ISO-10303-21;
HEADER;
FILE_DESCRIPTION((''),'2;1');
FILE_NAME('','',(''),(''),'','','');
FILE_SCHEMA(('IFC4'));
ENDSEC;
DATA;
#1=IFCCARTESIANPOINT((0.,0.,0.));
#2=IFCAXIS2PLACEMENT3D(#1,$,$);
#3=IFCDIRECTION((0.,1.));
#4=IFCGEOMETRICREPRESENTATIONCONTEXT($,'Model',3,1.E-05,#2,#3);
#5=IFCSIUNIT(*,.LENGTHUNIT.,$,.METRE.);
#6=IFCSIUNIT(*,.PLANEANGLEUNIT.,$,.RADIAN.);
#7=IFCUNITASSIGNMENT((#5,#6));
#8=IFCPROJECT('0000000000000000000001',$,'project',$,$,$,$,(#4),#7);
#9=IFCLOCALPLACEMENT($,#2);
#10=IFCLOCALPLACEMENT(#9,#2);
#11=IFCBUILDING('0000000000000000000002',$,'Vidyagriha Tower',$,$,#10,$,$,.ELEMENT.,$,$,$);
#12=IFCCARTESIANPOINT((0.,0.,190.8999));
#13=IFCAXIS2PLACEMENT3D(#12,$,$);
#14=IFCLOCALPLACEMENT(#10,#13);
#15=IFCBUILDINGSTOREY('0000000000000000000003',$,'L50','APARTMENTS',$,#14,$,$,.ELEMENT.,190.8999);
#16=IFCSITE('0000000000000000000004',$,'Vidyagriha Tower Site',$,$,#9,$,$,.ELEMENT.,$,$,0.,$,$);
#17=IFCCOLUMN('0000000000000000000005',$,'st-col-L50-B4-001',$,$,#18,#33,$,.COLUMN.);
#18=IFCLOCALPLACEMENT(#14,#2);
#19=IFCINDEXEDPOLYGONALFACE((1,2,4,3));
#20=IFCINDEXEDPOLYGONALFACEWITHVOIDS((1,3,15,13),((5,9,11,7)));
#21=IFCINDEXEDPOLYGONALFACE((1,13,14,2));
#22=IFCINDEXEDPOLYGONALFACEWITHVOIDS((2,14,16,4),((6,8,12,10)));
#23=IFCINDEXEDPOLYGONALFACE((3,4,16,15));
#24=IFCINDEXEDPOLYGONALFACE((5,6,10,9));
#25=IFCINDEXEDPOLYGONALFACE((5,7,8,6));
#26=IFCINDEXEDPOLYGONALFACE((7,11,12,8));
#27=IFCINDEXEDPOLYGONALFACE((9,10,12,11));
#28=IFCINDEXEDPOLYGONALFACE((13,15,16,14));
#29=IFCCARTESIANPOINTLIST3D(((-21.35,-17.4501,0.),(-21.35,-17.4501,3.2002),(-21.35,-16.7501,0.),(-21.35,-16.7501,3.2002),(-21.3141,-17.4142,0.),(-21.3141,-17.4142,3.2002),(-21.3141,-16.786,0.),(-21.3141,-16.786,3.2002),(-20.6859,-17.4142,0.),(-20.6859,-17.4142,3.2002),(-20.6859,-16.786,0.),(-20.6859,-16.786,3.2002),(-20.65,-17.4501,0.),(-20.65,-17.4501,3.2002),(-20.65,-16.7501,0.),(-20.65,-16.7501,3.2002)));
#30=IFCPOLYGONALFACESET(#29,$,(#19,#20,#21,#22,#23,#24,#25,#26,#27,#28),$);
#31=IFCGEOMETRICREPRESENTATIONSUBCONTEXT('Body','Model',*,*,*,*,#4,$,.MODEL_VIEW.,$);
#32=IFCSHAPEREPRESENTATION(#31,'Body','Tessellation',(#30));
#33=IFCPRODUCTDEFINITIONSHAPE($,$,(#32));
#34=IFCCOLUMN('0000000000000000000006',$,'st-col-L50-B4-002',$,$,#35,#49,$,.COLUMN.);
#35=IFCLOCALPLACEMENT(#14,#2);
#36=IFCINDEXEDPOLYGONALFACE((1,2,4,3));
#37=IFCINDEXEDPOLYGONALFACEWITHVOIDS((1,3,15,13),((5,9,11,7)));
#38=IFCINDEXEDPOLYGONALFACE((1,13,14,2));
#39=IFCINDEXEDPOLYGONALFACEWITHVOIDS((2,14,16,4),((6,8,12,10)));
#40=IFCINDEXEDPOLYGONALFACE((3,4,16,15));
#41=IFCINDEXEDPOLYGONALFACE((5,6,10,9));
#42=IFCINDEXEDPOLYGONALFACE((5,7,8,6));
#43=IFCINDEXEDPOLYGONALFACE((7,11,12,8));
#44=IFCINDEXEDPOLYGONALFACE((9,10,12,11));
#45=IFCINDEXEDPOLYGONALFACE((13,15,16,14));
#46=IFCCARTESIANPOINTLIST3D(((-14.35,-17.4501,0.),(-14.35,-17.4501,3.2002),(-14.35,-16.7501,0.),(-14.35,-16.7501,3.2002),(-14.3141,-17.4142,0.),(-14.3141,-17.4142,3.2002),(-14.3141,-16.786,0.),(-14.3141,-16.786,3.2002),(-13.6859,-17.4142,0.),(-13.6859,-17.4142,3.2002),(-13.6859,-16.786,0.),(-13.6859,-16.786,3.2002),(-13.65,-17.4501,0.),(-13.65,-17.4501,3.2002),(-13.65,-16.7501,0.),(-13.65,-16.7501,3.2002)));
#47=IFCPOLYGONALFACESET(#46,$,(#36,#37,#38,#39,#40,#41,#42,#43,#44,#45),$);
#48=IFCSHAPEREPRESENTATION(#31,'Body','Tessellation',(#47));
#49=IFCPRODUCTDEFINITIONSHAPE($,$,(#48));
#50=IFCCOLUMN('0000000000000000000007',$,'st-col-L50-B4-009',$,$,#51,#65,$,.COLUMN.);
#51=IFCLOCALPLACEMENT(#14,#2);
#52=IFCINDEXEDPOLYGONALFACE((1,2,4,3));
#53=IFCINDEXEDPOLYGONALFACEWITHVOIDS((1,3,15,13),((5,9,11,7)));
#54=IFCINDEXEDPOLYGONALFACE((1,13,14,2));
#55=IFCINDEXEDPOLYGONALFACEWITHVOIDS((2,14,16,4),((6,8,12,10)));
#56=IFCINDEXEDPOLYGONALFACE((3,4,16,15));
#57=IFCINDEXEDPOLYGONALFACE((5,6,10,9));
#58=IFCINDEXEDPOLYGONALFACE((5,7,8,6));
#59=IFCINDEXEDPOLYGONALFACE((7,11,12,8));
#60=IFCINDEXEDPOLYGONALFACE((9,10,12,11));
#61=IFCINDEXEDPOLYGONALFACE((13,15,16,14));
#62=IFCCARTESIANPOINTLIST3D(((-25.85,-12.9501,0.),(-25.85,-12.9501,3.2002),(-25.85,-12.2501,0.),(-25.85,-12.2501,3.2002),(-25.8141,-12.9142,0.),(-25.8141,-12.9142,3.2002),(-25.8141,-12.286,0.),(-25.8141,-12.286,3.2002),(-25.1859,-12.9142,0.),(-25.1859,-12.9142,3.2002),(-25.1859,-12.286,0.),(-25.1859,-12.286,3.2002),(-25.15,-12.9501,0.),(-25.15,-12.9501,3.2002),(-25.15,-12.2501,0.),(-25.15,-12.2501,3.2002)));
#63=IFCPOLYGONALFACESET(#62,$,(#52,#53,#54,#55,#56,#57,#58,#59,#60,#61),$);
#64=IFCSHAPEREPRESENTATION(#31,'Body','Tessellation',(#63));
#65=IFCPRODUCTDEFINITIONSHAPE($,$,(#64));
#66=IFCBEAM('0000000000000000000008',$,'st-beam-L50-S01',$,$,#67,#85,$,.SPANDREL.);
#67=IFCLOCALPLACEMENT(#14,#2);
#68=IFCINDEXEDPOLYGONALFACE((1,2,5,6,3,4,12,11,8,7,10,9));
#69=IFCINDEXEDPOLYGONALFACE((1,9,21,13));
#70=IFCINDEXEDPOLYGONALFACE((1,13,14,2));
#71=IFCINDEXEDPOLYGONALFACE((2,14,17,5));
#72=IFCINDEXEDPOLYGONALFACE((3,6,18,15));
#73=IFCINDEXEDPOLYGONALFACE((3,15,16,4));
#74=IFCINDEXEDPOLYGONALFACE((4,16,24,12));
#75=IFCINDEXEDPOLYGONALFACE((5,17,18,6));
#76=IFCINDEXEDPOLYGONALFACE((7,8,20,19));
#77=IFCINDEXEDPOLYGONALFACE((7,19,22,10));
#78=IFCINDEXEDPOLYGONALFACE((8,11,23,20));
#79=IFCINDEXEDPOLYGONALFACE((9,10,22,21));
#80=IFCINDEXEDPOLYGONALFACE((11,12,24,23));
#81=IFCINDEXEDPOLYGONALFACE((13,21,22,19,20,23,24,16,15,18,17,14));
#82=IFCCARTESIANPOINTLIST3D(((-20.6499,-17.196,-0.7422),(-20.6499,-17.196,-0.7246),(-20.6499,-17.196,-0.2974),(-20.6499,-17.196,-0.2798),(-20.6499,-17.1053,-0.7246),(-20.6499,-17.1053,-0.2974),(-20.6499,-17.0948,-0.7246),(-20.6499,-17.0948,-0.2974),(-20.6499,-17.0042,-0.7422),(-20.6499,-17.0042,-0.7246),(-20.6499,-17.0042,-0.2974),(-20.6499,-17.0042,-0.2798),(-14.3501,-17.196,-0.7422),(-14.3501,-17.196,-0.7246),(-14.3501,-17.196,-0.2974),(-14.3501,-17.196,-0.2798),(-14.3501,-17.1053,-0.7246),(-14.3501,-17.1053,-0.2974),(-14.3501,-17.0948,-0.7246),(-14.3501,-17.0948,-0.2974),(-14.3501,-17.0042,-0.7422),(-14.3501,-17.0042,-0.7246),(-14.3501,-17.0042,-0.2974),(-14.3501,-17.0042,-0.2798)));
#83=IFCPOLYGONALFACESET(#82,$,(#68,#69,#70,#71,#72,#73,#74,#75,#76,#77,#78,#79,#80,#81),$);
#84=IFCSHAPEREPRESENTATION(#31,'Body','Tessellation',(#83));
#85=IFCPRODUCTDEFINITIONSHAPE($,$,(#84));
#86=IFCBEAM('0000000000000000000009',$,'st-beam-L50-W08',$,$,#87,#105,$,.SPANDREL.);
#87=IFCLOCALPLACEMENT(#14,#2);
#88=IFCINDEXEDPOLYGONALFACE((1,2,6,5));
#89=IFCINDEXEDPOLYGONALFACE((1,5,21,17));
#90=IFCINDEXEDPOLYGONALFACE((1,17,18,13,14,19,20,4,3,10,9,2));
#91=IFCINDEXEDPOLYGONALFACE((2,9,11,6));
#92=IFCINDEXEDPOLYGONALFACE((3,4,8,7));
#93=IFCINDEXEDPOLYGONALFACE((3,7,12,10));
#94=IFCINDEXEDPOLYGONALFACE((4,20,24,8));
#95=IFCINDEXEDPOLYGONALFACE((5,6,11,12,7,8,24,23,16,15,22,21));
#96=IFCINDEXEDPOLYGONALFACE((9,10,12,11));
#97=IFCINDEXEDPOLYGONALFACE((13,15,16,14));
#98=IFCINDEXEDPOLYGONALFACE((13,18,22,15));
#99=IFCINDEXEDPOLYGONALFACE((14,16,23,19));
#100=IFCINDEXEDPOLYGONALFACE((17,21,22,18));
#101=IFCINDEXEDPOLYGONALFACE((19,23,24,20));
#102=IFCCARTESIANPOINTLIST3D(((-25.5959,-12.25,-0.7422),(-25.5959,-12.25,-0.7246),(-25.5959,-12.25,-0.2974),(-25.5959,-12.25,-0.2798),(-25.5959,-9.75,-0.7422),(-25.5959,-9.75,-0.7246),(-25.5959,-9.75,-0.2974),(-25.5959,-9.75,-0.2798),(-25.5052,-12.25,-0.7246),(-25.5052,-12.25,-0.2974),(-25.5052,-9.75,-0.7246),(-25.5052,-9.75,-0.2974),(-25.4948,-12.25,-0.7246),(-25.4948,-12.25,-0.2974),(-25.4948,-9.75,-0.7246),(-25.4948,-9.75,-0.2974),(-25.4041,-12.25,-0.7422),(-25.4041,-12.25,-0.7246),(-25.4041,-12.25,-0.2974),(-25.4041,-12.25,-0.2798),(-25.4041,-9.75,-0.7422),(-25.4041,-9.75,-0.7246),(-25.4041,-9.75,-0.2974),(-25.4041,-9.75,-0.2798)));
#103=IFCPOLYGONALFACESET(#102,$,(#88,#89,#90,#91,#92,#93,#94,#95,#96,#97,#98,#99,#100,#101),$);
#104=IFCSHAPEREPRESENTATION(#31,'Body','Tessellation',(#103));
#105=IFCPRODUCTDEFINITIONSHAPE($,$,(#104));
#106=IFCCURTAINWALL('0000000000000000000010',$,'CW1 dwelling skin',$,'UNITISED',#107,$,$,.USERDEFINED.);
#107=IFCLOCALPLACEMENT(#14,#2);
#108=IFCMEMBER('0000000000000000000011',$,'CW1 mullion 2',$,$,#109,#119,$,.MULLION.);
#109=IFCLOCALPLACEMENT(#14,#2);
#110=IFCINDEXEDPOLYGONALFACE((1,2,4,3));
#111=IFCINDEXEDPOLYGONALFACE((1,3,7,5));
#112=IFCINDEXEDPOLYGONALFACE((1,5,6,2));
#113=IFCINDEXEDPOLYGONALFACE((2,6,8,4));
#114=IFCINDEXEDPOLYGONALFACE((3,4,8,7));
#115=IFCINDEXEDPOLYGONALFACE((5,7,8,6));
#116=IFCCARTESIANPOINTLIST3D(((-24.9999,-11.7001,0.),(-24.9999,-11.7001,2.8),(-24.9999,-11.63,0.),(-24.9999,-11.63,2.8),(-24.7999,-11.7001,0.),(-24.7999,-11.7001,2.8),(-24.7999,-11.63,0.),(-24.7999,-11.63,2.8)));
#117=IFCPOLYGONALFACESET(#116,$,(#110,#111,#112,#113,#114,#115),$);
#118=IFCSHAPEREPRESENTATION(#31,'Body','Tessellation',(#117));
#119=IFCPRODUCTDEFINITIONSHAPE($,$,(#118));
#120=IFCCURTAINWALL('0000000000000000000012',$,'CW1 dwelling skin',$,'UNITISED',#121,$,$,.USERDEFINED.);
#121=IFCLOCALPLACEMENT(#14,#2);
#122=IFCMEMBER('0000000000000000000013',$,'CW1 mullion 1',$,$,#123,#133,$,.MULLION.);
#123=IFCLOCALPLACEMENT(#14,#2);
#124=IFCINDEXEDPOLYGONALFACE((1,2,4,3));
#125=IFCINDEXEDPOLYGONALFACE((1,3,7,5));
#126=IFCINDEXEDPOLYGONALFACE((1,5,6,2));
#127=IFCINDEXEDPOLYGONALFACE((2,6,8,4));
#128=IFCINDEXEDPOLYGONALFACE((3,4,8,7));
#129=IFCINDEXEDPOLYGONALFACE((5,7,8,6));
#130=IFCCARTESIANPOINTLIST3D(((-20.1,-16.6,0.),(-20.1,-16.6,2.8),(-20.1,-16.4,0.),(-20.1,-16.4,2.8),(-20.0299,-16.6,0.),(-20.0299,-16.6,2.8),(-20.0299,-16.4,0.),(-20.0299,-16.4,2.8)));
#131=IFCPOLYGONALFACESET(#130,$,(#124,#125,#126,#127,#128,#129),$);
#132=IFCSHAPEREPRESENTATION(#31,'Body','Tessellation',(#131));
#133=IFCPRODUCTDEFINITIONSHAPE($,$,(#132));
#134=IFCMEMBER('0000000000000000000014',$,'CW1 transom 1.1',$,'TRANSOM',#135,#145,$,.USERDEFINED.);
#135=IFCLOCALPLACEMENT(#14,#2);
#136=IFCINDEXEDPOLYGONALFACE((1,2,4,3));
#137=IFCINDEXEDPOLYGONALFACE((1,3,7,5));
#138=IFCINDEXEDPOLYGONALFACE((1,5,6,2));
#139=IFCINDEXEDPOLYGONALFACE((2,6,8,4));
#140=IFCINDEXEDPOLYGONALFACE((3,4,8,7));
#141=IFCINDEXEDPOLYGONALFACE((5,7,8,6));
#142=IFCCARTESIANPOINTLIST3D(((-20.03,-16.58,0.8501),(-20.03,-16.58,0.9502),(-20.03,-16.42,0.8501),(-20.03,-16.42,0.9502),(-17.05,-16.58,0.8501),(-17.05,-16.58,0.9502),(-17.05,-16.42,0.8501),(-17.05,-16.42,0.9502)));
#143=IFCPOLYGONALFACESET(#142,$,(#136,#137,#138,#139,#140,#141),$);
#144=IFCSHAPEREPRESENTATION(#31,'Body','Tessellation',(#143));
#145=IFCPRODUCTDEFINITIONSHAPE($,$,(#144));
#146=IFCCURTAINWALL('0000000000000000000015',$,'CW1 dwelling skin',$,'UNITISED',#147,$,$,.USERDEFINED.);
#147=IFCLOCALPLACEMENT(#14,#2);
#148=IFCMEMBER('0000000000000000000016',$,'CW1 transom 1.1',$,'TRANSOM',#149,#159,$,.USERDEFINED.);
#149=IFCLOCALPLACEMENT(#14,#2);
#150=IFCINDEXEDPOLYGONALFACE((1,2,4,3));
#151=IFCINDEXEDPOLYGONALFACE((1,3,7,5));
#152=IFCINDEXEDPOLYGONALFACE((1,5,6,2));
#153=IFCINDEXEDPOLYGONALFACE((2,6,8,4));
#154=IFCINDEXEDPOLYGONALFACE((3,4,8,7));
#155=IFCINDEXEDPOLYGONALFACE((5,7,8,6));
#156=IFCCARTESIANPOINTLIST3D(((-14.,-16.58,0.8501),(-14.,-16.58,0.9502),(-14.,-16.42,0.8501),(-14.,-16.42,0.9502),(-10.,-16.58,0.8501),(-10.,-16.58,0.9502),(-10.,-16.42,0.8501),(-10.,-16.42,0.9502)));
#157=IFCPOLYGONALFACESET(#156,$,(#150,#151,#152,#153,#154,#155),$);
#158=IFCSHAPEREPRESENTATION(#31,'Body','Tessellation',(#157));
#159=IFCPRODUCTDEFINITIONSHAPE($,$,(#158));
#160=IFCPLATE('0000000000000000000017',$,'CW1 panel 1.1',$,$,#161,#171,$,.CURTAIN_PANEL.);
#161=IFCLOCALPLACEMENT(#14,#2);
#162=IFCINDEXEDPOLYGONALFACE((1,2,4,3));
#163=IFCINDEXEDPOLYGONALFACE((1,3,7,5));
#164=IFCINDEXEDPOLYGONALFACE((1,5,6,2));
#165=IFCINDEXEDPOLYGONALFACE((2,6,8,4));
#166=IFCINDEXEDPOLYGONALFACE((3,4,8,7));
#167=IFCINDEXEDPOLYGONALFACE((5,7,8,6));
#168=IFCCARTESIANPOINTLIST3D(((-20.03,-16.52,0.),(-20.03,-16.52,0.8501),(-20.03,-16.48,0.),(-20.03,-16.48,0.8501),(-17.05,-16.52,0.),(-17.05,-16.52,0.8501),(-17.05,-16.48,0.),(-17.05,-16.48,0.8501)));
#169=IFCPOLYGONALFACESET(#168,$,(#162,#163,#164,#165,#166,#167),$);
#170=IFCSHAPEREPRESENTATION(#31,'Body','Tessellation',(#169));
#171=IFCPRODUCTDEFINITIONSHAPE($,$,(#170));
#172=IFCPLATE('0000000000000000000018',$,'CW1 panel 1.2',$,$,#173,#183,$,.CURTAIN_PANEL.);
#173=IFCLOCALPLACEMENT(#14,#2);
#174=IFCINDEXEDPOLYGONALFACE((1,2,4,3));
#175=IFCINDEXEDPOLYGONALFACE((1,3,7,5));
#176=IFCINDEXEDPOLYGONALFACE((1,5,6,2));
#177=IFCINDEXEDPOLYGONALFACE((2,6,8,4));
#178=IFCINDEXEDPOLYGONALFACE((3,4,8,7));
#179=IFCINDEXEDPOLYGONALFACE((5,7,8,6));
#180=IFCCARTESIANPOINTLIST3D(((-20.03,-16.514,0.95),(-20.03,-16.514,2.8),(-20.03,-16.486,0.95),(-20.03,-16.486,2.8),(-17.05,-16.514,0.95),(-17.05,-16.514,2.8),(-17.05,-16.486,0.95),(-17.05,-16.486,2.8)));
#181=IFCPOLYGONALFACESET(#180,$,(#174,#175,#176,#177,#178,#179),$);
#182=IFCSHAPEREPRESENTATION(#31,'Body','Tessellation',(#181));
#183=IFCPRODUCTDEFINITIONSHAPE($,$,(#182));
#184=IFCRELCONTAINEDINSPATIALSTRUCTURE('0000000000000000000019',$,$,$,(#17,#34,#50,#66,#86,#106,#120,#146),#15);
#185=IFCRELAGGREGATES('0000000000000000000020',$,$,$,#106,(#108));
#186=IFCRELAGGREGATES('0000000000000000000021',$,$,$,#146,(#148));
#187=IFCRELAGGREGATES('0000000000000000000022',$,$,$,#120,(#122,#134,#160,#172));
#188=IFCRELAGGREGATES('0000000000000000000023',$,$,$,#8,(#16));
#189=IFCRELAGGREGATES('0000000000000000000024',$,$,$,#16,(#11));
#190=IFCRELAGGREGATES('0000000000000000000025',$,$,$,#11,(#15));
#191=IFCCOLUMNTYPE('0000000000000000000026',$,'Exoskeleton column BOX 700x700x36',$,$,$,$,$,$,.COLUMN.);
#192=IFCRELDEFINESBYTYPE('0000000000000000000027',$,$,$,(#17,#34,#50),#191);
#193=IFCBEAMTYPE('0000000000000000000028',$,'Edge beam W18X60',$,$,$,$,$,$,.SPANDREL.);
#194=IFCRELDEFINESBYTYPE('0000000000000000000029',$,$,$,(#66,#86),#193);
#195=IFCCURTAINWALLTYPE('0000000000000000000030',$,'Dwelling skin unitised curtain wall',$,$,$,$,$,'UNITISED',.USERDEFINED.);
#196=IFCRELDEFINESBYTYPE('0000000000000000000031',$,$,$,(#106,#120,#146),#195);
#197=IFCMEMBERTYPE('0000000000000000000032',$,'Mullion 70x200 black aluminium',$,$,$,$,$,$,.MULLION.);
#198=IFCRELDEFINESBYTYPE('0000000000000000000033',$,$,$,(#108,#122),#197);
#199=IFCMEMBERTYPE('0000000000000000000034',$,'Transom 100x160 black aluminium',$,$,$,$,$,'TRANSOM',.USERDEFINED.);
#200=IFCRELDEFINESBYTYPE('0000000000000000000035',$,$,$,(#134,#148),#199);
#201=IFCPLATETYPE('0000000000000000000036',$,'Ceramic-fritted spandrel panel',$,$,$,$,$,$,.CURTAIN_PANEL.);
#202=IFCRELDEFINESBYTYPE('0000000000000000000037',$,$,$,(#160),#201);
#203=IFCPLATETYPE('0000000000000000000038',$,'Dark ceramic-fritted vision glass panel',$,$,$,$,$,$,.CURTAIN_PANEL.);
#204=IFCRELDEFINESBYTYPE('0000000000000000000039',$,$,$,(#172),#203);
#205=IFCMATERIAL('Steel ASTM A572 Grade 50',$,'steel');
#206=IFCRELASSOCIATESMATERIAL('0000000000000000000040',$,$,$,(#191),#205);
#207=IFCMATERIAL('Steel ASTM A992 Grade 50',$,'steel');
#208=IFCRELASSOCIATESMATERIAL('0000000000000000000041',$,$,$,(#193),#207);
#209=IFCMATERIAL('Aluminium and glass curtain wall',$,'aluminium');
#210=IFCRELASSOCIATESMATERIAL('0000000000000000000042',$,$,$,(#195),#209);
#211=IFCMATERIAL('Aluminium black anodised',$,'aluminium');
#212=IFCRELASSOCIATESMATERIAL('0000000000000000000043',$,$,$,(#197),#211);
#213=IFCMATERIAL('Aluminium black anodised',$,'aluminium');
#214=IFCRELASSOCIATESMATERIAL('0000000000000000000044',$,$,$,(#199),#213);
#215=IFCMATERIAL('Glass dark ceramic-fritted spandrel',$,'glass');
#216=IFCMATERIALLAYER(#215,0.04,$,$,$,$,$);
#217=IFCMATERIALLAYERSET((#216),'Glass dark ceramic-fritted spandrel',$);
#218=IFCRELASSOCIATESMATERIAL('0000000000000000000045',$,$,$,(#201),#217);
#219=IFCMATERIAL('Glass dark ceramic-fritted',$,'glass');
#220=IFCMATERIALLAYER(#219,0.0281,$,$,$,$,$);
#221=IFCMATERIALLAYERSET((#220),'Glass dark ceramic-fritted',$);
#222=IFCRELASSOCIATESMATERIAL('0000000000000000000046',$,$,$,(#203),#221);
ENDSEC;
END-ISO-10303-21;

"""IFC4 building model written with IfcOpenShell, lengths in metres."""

from ifc_helpers import new_model, si_unit, direction, frame, origin, origin_2d, place, context, subcontext, project, spatial, rectangle, hollow_rectangle, i_section, extrude, material, layer, layer_set, material_profile, profile_set, type_object, element, aggregate, save


model = new_model("IFC4")

# Units and contexts
model_context = context("Model", 3, precision=1e-05, world=origin(), true_north=direction((0.0, 1.0)))
body_context = subcontext(model_context, "Body", "Model", "MODEL_VIEW")
ifc_project = project(units=[si_unit("LENGTHUNIT", "METRE"), si_unit("PLANEANGLEUNIT", "RADIAN")], contexts=[model_context])

# Site, building, storey
site_placement = place(None, origin())
site = spatial("IfcSite", under=ifc_project, at=site_placement, Name="Vidyagriha Tower Site", CompositionType="ELEMENT", RefElevation=0.0)
building_placement = place(site_placement, origin())
building = spatial("IfcBuilding", under=site, at=building_placement, Name="Vidyagriha Tower", CompositionType="ELEMENT")
storey_placement = place(building_placement, frame((0.0, 0.0, 190.8999)))
storey = spatial("IfcBuildingStorey", under=building, at=storey_placement, Name="L50", Description="APARTMENTS", CompositionType="ELEMENT", Elevation=190.8999)

# Columns
ifc_material_1 = material(Name="Steel ASTM A572 Grade 50", Category="steel")
ifc_material_profile_1 = material_profile(ifc_material_1, hollow_rectangle(XDim=0.7, YDim=0.7, WallThickness=0.0359, at=origin_2d()), Name="BOX 700x700x36")
ifc_profile_set_1 = profile_set([ifc_material_profile_1], Name="Steel ASTM A572 Grade 50")
column_type = type_object("IfcColumnType", Name="Exoskeleton column BOX 700x700x36", PredefinedType="COLUMN", material=ifc_profile_set_1)
for number, where, name in (
    (1, (-21.0, -17.1001, 0.0), "st-col-L50-B4-001"),
    (2, (-14.0, -17.1001, 0.0), "st-col-L50-B4-002"),
    (3, (-25.5, -12.6001, 0.0), "st-col-L50-B4-009"),
):
    element("IfcColumn", number, at=place(storey_placement, frame(where)), inside=storey, type_object=column_type, Name=name, PredefinedType="COLUMN", context=body_context, shape_type="SweptSolid", body=[
        extrude(hollow_rectangle(XDim=0.7, YDim=0.7, WallThickness=0.0359, at=origin_2d()), origin(), (0.0, 0.0, 1.0), 3.2002),
    ])

# Beams
ifc_material_2 = material(Name="Steel ASTM A992 Grade 50", Category="steel")
ifc_material_profile_2 = material_profile(ifc_material_2, i_section(OverallWidth=0.1919, OverallDepth=0.4624, WebThickness=0.0105, FlangeThickness=0.0176, at=origin_2d()), Name="W18X60")
ifc_profile_set_2 = profile_set([ifc_material_profile_2], Name="Steel ASTM A992 Grade 50")
beam_type = type_object("IfcBeamType", Name="Edge beam W18X60", PredefinedType="SPANDREL", material=ifc_profile_set_2)
beam_1_placement = place(storey_placement, frame((-20.6499, -17.1001, -0.511), z_axis=(1.0, 0.0, 0.0), x_axis=(0.0, 1.0, 0.0)))
element("IfcBeam", 4, at=beam_1_placement, inside=storey, type_object=beam_type, Name="st-beam-L50-S01", PredefinedType="SPANDREL", context=body_context, shape_type="SweptSolid", body=[
    extrude(i_section(OverallWidth=0.1919, OverallDepth=0.4624, WebThickness=0.0105, FlangeThickness=0.0176, at=origin_2d()), origin(), (0.0, 0.0, 1.0), 6.2998),
])
beam_2_placement = place(storey_placement, frame((-25.5, -12.25, -0.511), z_axis=(0.0, 1.0, 0.0), x_axis=(-1.0, 0.0, 0.0)))
element("IfcBeam", 5, at=beam_2_placement, inside=storey, type_object=beam_type, Name="st-beam-L50-W08", PredefinedType="SPANDREL", context=body_context, shape_type="SweptSolid", body=[
    extrude(i_section(OverallWidth=0.1919, OverallDepth=0.4624, WebThickness=0.0105, FlangeThickness=0.0176, at=origin_2d()), origin(), (0.0, 0.0, 1.0), 2.5),
])

# Curtain wall, member
ifc_material_3 = material(Name="Aluminium and glass curtain wall", Category="aluminium")
curtain_wall_type = type_object("IfcCurtainWallType", Name="Dwelling skin unitised curtain wall", ElementType="UNITISED", PredefinedType="USERDEFINED", material=ifc_material_3)
curtain_wall_1_placement = place(storey_placement, origin())
curtain_wall_1 = element("IfcCurtainWall", 6, at=curtain_wall_1_placement, inside=storey, type_object=curtain_wall_type, Name="CW1 dwelling skin", ObjectType="UNITISED", PredefinedType="USERDEFINED")
ifc_material_4 = material(Name="Aluminium black anodised", Category="aluminium")
ifc_material_profile_3 = material_profile(ifc_material_4, rectangle(XDim=0.2, YDim=0.0701, at=origin_2d()), Name="Mullion 70x200 black aluminium")
ifc_profile_set_3 = profile_set([ifc_material_profile_3], Name="Aluminium black anodised")
member_type_1 = type_object("IfcMemberType", Name="Mullion 70x200 black aluminium", PredefinedType="MULLION", material=ifc_profile_set_3)
member_1_placement = place(storey_placement, frame((-24.8999, -11.665, 0.0)))
member_1 = element("IfcMember", 7, at=member_1_placement, type_object=member_type_1, Name="CW1 mullion 2", PredefinedType="MULLION", context=body_context, shape_type="SweptSolid", body=[
    extrude(rectangle(XDim=0.2, YDim=0.0701, at=origin_2d()), origin(), (0.0, 0.0, 1.0), 2.8),
])
aggregate(curtain_wall_1, [member_1])

# Curtain wall, members
curtain_wall_2_placement = place(storey_placement, origin())
curtain_wall_2 = element("IfcCurtainWall", 8, at=curtain_wall_2_placement, inside=storey, type_object=curtain_wall_type, Name="CW1 dwelling skin", ObjectType="UNITISED", PredefinedType="USERDEFINED")
member_2_placement = place(storey_placement, frame((-20.0649, -16.5, 0.0), z_axis=(0.0, 0.0, 1.0), x_axis=(0.0, 1.0, 0.0)))
member_2 = element("IfcMember", 9, at=member_2_placement, type_object=member_type_1, Name="CW1 mullion 1", PredefinedType="MULLION", context=body_context, shape_type="SweptSolid", body=[
    extrude(rectangle(XDim=0.2, YDim=0.0701, at=origin_2d()), origin(), (0.0, 0.0, 1.0), 2.8),
])
ifc_material_5 = material(Name="Aluminium black anodised", Category="aluminium")
ifc_material_profile_4 = material_profile(ifc_material_5, rectangle(XDim=0.1599, YDim=0.1001, at=origin_2d()), Name="Transom 100x160 black aluminium")
ifc_profile_set_4 = profile_set([ifc_material_profile_4], Name="Aluminium black anodised")
member_type_2 = type_object("IfcMemberType", Name="Transom 100x160 black aluminium", ElementType="TRANSOM", PredefinedType="USERDEFINED", material=ifc_profile_set_4)
member_3_placement = place(storey_placement, frame((-20.03, -16.5, 0.9001), z_axis=(1.0, 0.0, 0.0), x_axis=(0.0, 1.0, 0.0)))
member_3 = element("IfcMember", 10, at=member_3_placement, type_object=member_type_2, Name="CW1 transom 1.1", ObjectType="TRANSOM", PredefinedType="USERDEFINED", context=body_context, shape_type="SweptSolid", body=[
    extrude(rectangle(XDim=0.1599, YDim=0.1001, at=origin_2d()), origin(), (0.0, 0.0, 1.0), 2.98),
])

# Curtain wall, member
curtain_wall_3_placement = place(storey_placement, origin())
curtain_wall_3 = element("IfcCurtainWall", 11, at=curtain_wall_3_placement, inside=storey, type_object=curtain_wall_type, Name="CW1 dwelling skin", ObjectType="UNITISED", PredefinedType="USERDEFINED")
member_4_placement = place(storey_placement, frame((-14.0, -16.5, 0.9001), z_axis=(1.0, 0.0, 0.0), x_axis=(0.0, 1.0, 0.0)))
member_4 = element("IfcMember", 12, at=member_4_placement, type_object=member_type_2, Name="CW1 transom 1.1", ObjectType="TRANSOM", PredefinedType="USERDEFINED", context=body_context, shape_type="SweptSolid", body=[
    extrude(rectangle(XDim=0.1599, YDim=0.1001, at=origin_2d()), origin(), (0.0, 0.0, 1.0), 4.0),
])
aggregate(curtain_wall_3, [member_4])

# Plates
ifc_material_6 = material(Name="Glass dark ceramic-fritted spandrel", Category="glass")
ifc_layer_1 = layer(ifc_material_6, 0.04)
ifc_layer_set_1 = layer_set([ifc_layer_1], Name="Glass dark ceramic-fritted spandrel")
plate_type_1 = type_object("IfcPlateType", Name="Ceramic-fritted spandrel panel", PredefinedType="CURTAIN_PANEL", material=ifc_layer_set_1)
plate_1_placement = place(storey_placement, frame((-18.54, -16.5, 0.0)))
plate_1 = element("IfcPlate", 13, at=plate_1_placement, type_object=plate_type_1, Name="CW1 panel 1.1", PredefinedType="CURTAIN_PANEL", context=body_context, shape_type="SweptSolid", body=[
    extrude(rectangle(XDim=2.98, YDim=0.04, at=origin_2d()), origin(), (0.0, 0.0, 1.0), 0.8501),
])
ifc_material_7 = material(Name="Glass dark ceramic-fritted", Category="glass")
ifc_layer_2 = layer(ifc_material_7, 0.0281)
ifc_layer_set_2 = layer_set([ifc_layer_2], Name="Glass dark ceramic-fritted")
plate_type_2 = type_object("IfcPlateType", Name="Dark ceramic-fritted vision glass panel", PredefinedType="CURTAIN_PANEL", material=ifc_layer_set_2)
plate_2_placement = place(storey_placement, frame((-18.54, -16.5, 0.95)))
plate_2 = element("IfcPlate", 14, at=plate_2_placement, type_object=plate_type_2, Name="CW1 panel 1.2", PredefinedType="CURTAIN_PANEL", context=body_context, shape_type="SweptSolid", body=[
    extrude(rectangle(XDim=2.98, YDim=0.0281, at=origin_2d()), origin(), (0.0, 0.0, 1.0), 1.8501),
])
aggregate(curtain_wall_2, [member_2, member_3, plate_1, plate_2])

save(model, "model.ifc")
